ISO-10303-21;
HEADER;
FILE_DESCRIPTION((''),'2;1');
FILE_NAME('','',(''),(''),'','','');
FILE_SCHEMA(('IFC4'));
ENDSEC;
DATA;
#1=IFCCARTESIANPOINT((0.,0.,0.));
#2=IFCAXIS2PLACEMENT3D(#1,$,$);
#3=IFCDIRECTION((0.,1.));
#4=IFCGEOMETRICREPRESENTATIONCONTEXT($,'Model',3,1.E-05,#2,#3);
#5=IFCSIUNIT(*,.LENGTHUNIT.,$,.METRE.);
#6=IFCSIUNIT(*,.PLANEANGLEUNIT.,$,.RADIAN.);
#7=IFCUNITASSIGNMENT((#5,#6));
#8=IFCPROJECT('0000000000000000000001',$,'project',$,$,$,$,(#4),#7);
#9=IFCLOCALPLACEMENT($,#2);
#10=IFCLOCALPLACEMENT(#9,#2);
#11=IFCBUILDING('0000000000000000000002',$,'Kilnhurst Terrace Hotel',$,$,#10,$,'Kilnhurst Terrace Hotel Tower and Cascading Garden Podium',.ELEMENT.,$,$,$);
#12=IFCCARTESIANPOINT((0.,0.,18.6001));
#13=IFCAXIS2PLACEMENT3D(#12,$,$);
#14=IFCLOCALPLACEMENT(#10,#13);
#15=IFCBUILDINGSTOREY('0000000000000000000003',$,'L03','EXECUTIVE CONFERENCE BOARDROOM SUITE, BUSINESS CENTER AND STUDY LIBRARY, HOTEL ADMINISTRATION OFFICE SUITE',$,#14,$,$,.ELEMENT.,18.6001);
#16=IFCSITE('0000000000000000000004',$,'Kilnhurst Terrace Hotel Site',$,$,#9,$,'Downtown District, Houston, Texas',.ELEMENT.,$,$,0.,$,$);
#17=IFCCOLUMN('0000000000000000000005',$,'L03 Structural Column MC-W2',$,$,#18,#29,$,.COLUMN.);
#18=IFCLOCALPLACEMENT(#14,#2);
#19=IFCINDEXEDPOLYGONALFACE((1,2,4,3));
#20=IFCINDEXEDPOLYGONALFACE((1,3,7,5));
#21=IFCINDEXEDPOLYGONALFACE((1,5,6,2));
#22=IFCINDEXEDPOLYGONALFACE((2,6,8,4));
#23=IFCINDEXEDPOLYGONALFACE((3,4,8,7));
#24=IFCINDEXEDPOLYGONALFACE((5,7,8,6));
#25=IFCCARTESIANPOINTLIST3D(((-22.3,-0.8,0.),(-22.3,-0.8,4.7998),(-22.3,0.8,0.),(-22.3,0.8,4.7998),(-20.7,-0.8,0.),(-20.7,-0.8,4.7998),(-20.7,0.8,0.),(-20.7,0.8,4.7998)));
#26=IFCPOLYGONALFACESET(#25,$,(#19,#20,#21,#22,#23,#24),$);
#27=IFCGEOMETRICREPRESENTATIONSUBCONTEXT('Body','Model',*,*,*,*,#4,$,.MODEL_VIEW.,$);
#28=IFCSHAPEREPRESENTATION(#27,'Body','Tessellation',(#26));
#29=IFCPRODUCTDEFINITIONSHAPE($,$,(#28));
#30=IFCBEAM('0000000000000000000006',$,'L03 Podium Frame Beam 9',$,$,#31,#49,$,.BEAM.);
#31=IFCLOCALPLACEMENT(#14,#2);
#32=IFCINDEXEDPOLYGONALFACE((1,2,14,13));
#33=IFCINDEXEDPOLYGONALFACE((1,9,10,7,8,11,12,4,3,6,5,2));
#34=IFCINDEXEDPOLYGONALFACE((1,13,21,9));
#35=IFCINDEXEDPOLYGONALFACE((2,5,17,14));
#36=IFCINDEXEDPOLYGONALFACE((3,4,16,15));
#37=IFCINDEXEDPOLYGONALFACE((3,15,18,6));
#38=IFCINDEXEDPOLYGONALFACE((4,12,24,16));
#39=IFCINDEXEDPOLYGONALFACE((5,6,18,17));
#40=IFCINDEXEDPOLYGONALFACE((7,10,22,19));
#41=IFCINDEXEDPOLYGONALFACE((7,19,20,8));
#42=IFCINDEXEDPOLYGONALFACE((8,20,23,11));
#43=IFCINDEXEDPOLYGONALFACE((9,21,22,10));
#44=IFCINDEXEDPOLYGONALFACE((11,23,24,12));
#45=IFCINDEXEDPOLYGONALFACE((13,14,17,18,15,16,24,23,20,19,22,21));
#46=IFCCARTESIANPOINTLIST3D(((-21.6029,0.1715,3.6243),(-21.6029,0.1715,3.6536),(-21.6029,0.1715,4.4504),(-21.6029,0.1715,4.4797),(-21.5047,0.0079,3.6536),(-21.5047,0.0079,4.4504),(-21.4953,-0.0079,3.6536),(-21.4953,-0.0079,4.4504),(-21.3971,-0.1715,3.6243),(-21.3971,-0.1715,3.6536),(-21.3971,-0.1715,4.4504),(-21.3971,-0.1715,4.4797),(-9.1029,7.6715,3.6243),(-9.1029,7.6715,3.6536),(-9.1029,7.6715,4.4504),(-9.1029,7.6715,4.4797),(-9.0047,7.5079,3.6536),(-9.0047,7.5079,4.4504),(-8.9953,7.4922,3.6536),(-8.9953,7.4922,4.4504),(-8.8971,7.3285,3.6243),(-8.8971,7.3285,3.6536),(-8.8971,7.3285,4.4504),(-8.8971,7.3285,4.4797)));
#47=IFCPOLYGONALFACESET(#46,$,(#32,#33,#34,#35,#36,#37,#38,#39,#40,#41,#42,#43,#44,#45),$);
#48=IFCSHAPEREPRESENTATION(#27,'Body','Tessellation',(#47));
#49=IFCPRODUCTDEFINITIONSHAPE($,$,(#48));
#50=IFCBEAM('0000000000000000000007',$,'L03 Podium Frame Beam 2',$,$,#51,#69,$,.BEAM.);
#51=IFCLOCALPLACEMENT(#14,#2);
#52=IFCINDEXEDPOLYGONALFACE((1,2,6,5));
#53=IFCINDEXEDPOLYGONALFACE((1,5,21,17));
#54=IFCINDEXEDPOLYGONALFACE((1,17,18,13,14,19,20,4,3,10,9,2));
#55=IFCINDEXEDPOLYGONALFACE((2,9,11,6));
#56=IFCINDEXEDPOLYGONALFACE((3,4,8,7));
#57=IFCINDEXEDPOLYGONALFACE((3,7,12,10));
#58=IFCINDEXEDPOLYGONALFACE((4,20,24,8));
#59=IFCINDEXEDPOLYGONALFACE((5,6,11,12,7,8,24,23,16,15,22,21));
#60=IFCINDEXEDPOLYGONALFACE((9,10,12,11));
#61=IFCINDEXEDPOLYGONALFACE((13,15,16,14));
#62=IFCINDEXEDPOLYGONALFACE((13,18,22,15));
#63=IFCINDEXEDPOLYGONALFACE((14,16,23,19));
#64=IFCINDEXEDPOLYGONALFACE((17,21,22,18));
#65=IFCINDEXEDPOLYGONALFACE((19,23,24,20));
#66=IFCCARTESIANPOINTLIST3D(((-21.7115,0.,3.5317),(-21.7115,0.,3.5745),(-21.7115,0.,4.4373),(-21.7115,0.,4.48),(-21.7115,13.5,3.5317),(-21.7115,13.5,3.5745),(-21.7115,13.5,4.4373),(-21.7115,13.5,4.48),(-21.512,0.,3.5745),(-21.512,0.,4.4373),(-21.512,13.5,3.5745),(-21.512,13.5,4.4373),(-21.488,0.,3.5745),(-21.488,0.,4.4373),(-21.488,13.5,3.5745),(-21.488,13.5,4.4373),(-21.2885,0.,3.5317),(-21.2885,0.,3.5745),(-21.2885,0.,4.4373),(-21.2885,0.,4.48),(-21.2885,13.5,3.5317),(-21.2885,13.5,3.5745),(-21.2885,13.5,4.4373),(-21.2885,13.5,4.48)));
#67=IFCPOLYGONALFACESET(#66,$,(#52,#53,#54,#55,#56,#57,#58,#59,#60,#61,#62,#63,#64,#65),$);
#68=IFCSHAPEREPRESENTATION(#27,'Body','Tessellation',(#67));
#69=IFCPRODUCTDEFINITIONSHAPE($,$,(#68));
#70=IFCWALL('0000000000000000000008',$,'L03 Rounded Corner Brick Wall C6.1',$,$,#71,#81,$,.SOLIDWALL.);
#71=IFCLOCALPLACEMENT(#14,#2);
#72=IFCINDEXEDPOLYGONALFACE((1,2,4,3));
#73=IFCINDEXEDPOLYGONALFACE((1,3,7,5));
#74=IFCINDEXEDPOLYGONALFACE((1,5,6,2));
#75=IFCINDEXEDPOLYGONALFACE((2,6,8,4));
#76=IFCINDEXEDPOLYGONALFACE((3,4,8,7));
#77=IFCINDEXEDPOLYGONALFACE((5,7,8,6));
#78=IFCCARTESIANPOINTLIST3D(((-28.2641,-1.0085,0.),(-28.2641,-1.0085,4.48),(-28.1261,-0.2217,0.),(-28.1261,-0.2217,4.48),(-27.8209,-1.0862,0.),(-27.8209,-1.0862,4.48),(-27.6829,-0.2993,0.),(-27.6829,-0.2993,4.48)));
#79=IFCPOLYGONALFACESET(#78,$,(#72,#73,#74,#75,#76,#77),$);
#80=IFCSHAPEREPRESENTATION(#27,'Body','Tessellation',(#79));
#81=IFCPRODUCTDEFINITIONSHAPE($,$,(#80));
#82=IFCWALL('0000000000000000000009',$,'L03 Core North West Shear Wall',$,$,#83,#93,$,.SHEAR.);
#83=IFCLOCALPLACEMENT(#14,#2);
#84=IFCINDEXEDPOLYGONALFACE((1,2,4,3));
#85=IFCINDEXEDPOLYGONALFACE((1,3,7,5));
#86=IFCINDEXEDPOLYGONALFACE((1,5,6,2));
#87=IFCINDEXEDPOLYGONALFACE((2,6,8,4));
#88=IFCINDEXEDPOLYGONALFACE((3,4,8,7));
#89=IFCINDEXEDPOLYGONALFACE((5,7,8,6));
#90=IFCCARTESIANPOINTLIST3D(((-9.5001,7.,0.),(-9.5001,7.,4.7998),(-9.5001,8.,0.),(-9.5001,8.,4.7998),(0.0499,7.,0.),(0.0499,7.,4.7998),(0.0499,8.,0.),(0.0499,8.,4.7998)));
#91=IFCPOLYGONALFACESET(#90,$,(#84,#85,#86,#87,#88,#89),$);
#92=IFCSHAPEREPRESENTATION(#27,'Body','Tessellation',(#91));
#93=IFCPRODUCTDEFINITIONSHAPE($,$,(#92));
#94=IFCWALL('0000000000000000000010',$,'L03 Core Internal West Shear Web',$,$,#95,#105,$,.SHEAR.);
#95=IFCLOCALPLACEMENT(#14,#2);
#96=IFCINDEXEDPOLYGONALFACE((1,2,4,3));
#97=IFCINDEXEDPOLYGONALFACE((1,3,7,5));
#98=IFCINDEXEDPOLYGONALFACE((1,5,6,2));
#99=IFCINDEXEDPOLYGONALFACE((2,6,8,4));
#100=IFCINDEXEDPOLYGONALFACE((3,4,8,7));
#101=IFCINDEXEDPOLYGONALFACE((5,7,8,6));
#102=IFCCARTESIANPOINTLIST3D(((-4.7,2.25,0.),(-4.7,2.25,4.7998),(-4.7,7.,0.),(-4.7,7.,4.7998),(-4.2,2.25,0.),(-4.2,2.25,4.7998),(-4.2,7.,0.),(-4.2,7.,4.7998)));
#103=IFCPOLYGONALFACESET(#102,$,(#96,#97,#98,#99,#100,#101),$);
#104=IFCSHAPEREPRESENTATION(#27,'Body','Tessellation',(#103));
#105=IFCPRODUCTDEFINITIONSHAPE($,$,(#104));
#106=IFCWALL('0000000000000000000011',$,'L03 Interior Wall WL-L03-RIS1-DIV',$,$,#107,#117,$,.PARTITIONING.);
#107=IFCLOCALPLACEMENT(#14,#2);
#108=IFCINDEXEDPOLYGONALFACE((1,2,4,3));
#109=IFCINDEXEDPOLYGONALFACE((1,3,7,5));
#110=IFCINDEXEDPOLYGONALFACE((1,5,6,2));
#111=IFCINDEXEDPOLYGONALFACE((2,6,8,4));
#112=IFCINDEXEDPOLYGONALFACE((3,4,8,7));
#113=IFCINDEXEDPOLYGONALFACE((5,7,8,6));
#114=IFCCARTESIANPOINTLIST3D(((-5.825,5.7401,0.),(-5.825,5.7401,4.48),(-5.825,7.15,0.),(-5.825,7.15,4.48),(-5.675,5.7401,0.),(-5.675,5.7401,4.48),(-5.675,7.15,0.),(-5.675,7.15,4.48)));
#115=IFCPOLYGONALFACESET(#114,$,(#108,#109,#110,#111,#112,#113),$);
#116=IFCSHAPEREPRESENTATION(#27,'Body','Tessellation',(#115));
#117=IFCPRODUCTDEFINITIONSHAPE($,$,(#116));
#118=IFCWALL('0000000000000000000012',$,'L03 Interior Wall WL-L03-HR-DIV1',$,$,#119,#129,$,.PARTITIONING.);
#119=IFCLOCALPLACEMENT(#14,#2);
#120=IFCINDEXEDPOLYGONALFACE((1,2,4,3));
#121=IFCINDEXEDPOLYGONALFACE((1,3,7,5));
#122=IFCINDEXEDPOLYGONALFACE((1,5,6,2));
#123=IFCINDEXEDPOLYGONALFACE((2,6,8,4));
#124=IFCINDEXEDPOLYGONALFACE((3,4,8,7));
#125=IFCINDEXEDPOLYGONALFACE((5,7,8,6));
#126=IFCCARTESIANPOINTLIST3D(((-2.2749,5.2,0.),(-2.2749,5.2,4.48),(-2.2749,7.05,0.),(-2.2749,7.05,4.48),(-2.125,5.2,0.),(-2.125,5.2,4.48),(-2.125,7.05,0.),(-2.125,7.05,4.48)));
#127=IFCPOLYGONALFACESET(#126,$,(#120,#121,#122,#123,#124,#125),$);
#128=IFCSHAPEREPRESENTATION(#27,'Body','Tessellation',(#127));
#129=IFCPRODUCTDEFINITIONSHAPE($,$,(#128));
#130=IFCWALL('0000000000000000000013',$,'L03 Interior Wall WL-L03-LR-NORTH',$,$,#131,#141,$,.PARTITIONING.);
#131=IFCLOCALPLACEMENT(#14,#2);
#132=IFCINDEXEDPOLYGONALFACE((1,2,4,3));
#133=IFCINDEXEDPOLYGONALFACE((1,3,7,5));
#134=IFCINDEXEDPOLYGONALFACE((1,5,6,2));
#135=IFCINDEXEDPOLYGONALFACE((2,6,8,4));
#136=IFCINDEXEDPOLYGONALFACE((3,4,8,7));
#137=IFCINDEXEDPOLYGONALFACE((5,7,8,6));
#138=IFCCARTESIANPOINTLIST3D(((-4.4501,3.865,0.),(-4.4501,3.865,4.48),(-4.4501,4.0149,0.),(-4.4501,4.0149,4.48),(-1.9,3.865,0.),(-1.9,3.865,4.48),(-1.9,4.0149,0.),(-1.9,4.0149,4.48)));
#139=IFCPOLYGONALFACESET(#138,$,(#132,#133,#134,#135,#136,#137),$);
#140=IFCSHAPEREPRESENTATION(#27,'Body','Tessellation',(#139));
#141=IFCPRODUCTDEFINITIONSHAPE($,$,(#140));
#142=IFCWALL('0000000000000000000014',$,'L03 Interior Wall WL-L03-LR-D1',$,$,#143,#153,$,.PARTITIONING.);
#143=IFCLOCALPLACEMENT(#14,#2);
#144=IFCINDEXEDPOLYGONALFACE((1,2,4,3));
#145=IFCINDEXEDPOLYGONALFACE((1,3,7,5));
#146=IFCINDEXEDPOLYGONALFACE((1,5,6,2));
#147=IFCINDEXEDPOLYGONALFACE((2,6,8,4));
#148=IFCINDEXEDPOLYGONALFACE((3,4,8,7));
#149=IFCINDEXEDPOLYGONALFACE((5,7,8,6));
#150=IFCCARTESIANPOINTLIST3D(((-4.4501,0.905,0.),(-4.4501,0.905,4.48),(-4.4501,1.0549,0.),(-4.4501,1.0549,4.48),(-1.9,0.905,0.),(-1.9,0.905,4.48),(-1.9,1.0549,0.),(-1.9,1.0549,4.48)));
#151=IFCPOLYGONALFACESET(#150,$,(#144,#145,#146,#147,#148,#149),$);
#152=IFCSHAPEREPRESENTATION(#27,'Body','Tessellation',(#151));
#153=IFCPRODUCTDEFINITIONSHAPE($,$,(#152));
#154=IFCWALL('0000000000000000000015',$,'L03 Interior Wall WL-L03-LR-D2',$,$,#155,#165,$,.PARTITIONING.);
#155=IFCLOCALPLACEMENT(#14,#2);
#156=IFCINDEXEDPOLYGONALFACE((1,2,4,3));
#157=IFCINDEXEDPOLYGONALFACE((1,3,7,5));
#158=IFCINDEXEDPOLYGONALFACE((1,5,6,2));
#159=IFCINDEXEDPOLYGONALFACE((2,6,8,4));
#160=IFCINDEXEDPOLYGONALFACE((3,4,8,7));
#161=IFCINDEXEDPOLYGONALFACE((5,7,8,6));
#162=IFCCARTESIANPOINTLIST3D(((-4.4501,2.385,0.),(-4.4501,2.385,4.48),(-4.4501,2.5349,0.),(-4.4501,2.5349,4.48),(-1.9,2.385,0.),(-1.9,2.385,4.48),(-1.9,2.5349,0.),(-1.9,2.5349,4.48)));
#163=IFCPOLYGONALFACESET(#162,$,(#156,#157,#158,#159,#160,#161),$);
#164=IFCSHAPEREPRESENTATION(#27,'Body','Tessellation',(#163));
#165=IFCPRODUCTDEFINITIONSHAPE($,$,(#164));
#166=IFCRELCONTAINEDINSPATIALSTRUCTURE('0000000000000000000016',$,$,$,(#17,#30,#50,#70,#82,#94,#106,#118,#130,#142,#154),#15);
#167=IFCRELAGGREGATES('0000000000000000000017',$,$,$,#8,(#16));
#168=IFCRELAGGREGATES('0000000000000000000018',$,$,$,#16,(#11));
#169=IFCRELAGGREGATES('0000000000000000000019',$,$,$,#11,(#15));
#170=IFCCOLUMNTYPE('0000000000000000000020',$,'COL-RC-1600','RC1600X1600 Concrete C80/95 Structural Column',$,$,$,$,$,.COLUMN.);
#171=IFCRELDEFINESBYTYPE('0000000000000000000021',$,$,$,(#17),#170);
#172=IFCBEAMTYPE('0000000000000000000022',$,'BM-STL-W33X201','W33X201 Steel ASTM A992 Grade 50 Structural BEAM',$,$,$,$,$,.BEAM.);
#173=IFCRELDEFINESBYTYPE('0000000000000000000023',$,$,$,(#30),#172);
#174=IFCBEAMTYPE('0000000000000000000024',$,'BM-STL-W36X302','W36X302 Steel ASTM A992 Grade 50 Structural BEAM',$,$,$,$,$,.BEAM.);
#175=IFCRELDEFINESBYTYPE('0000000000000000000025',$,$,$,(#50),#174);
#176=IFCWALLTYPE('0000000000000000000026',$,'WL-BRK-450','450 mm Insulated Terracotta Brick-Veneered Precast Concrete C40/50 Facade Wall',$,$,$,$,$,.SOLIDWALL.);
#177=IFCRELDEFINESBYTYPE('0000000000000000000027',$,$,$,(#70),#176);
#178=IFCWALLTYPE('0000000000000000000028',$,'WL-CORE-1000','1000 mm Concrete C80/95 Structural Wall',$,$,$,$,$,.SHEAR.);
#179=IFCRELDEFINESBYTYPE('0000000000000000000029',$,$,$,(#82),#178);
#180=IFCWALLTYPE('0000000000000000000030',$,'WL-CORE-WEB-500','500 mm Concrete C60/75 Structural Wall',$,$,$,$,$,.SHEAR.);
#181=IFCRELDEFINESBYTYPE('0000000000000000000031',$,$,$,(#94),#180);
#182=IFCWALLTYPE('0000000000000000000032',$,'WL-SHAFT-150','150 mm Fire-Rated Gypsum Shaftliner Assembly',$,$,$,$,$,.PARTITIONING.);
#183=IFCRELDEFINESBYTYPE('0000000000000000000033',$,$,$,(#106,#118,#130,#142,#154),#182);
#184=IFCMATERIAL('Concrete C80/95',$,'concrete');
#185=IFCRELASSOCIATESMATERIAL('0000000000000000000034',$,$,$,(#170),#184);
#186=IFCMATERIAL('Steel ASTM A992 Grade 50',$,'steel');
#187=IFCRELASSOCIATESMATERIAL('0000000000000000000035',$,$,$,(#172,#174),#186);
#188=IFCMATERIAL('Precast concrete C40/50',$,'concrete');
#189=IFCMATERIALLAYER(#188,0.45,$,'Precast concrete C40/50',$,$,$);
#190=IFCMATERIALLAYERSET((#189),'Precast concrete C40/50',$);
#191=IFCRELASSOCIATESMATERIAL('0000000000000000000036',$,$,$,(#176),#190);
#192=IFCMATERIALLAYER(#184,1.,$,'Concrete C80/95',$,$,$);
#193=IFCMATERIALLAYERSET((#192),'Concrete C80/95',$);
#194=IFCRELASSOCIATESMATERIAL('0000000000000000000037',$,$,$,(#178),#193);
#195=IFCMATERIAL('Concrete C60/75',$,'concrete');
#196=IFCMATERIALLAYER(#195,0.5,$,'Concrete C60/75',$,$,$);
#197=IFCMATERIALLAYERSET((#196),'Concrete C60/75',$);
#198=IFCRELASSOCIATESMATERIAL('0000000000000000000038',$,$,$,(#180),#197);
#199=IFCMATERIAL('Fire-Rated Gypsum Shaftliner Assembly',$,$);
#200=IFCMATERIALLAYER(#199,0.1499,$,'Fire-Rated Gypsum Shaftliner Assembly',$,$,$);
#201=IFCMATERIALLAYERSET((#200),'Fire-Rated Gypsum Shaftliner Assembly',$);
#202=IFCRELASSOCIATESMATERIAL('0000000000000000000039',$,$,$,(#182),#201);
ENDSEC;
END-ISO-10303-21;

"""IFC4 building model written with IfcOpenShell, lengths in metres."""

from ifc_helpers import new_model, si_unit, direction, frame, frame_2d, origin, origin_2d, place, context, subcontext, project, spatial, rectangle, i_section, extrude, material, layer, layer_set, material_profile, profile_set, type_object, element, save


model = new_model("IFC4")

# Units and contexts
model_context = context("Model", 3, precision=1e-05, world=origin(), true_north=direction((0.0, 1.0)))
body_context = subcontext(model_context, "Body", "Model", "MODEL_VIEW")
ifc_project = project(units=[si_unit("LENGTHUNIT", "METRE"), si_unit("PLANEANGLEUNIT", "RADIAN")], contexts=[model_context])

# Site, building, storey
site_placement = place(None, origin())
site = spatial("IfcSite", under=ifc_project, at=site_placement, Name="Kilnhurst Terrace Hotel Site", LongName="Downtown District, Houston, Texas", CompositionType="ELEMENT", RefElevation=0.0)
building_placement = place(site_placement, origin())
building = spatial("IfcBuilding", under=site, at=building_placement, Name="Kilnhurst Terrace Hotel", LongName="Kilnhurst Terrace Hotel Tower and Cascading Garden Podium", CompositionType="ELEMENT")
storey_placement = place(building_placement, frame((0.0, 0.0, 18.6001)))
storey = spatial("IfcBuildingStorey", under=building, at=storey_placement, Name="L03", Description="EXECUTIVE CONFERENCE BOARDROOM SUITE, BUSINESS CENTER AND STUDY LIBRARY, HOTEL ADMINISTRATION OFFICE SUITE", CompositionType="ELEMENT", Elevation=18.6001)

# Column
ifc_material_1 = material(Name="Concrete C80/95", Category="concrete")
ifc_material_profile_1 = material_profile(ifc_material_1, rectangle(XDim=1.6001, YDim=1.6001, at=origin_2d()), Name="RC1600X1600")
ifc_profile_set_1 = profile_set([ifc_material_profile_1], Name="Concrete C80/95")
column_type = type_object("IfcColumnType", Name="COL-RC-1600", Description="RC1600X1600 Concrete C80/95 Structural Column", PredefinedType="COLUMN", material=ifc_profile_set_1)
column_placement = place(storey_placement, frame((-21.5, 0.0, 0.0), z_axis=(0.0, 0.0, 1.0), x_axis=(1.0, 0.0, 0.0)))
element("IfcColumn", 1, at=column_placement, inside=storey, type_object=column_type, Name="L03 Structural Column MC-W2", PredefinedType="COLUMN", context=body_context, shape_type="SweptSolid", body=[
    extrude(rectangle(XDim=1.6001, YDim=1.6001, at=origin_2d()), origin(), (0.0, 0.0, 1.0), 4.7998),
])

# Beams
ifc_material_2 = material(Name="Steel ASTM A992 Grade 50", Category="steel")
ifc_material_profile_2 = material_profile(ifc_material_2, i_section(OverallWidth=0.3999, OverallDepth=0.8555, WebThickness=0.0183, FlangeThickness=0.0293, at=origin_2d()), Name="W33X201")
ifc_profile_set_2 = profile_set([ifc_material_profile_2], Name="Steel ASTM A992 Grade 50")
beam_type_1 = type_object("IfcBeamType", Name="BM-STL-W33X201", Description="W33X201 Steel ASTM A992 Grade 50 Structural BEAM", PredefinedType="BEAM", material=ifc_profile_set_2)
beam_1_placement = place(storey_placement, frame((-21.5, 0.0, 4.052), z_axis=(0.857493, 0.514496, 0.0), x_axis=(-0.514496, 0.857493, 0.0)))
element("IfcBeam", 2, at=beam_1_placement, inside=storey, type_object=beam_type_1, Name="L03 Podium Frame Beam 9", PredefinedType="BEAM", context=body_context, shape_type="SweptSolid", body=[
    extrude(i_section(OverallWidth=0.3999, OverallDepth=0.8555, WebThickness=0.0183, FlangeThickness=0.0293, at=origin_2d()), origin(), (0.0, 0.0, 1.0), 14.5774),
])
ifc_material_profile_3 = material_profile(ifc_material_2, i_section(OverallWidth=0.4231, OverallDepth=0.9482, WebThickness=0.0239, FlangeThickness=0.0427, at=origin_2d()), Name="W36X302")
ifc_profile_set_3 = profile_set([ifc_material_profile_3], Name="Steel ASTM A992 Grade 50")
beam_type_2 = type_object("IfcBeamType", Name="BM-STL-W36X302", Description="W36X302 Steel ASTM A992 Grade 50 Structural BEAM", PredefinedType="BEAM", material=ifc_profile_set_3)
beam_2_placement = place(storey_placement, frame((-21.5, 0.0, 4.0059), z_axis=(0.0, 1.0, 0.0), x_axis=(-1.0, 0.0, 0.0)))
element("IfcBeam", 3, at=beam_2_placement, inside=storey, type_object=beam_type_2, Name="L03 Podium Frame Beam 2", PredefinedType="BEAM", context=body_context, shape_type="SweptSolid", body=[
    extrude(i_section(OverallWidth=0.4231, OverallDepth=0.9482, WebThickness=0.0239, FlangeThickness=0.0427, at=origin_2d()), origin(), (0.0, 0.0, 1.0), 13.5),
])

# Walls
ifc_material_3 = material(Name="Precast concrete C40/50", Category="concrete")
ifc_layer_1 = layer(ifc_material_3, 0.45, Name="Precast concrete C40/50")
ifc_layer_set_1 = layer_set([ifc_layer_1], Name="Precast concrete C40/50")
wall_type_1 = type_object("IfcWallType", Name="WL-BRK-450", Description="450 mm Insulated Terracotta Brick-Veneered Precast Concrete C40/50 Facade Wall", PredefinedType="SOLIDWALL", material=ifc_layer_set_1)
wall_1_placement = place(storey_placement, frame((-27.9045, -0.2605, 0.0), z_axis=(0.0, 0.0, 1.0), x_axis=(-0.172669, -0.98498, 0.0)))
element("IfcWall", 4, at=wall_1_placement, inside=storey, type_object=wall_type_1, Name="L03 Rounded Corner Brick Wall C6.1", PredefinedType="SOLIDWALL", context=body_context, shape_type="SweptSolid", body=[
    extrude(rectangle(XDim=0.7988, YDim=0.45, at=frame_2d((0.3994, 0.0))), origin(), (0.0, 0.0, 1.0), 4.48),
])
ifc_layer_2 = layer(ifc_material_1, 1.0, Name="Concrete C80/95")
ifc_layer_set_2 = layer_set([ifc_layer_2], Name="Concrete C80/95")
wall_type_2 = type_object("IfcWallType", Name="WL-CORE-1000", Description="1000 mm Concrete C80/95 Structural Wall", PredefinedType="SHEAR", material=ifc_layer_set_2)
wall_2_placement = place(storey_placement, frame((-9.5, 7.5, 0.0), z_axis=(0.0, 0.0, 1.0), x_axis=(1.0, 0.0, 0.0)))
element("IfcWall", 5, at=wall_2_placement, inside=storey, type_object=wall_type_2, Name="L03 Core North West Shear Wall", PredefinedType="SHEAR", context=body_context, shape_type="SweptSolid", body=[
    extrude(rectangle(XDim=9.55, YDim=1.0, at=frame_2d((4.7749, 0.0))), origin(), (0.0, 0.0, 1.0), 4.7998),
])
ifc_material_4 = material(Name="Concrete C60/75", Category="concrete")
ifc_layer_3 = layer(ifc_material_4, 0.5, Name="Concrete C60/75")
ifc_layer_set_3 = layer_set([ifc_layer_3], Name="Concrete C60/75")
wall_type_3 = type_object("IfcWallType", Name="WL-CORE-WEB-500", Description="500 mm Concrete C60/75 Structural Wall", PredefinedType="SHEAR", material=ifc_layer_set_3)
wall_3_placement = place(storey_placement, frame((-4.45, 2.25, 0.0), z_axis=(0.0, 0.0, 1.0), x_axis=(0.0, 1.0, 0.0)))
element("IfcWall", 6, at=wall_3_placement, inside=storey, type_object=wall_type_3, Name="L03 Core Internal West Shear Web", PredefinedType="SHEAR", context=body_context, shape_type="SweptSolid", body=[
    extrude(rectangle(XDim=4.75, YDim=0.5, at=frame_2d((2.375, 0.0))), origin(), (0.0, 0.0, 1.0), 4.7998),
])
ifc_material_5 = material(Name="Fire-Rated Gypsum Shaftliner Assembly")
ifc_layer_4 = layer(ifc_material_5, 0.1499, Name="Fire-Rated Gypsum Shaftliner Assembly")
ifc_layer_set_4 = layer_set([ifc_layer_4], Name="Fire-Rated Gypsum Shaftliner Assembly")
wall_type_4 = type_object("IfcWallType", Name="WL-SHAFT-150", Description="150 mm Fire-Rated Gypsum Shaftliner Assembly", PredefinedType="PARTITIONING", material=ifc_layer_set_4)
wall_4_placement = place(storey_placement, frame((-5.75, 5.74, 0.0), z_axis=(0.0, 0.0, 1.0), x_axis=(0.0, 1.0, 0.0)))
element("IfcWall", 7, at=wall_4_placement, inside=storey, type_object=wall_type_4, Name="L03 Interior Wall WL-L03-RIS1-DIV", PredefinedType="PARTITIONING", context=body_context, shape_type="SweptSolid", body=[
    extrude(rectangle(XDim=1.4099, YDim=0.1499, at=frame_2d((0.7051, 0.0))), origin(), (0.0, 0.0, 1.0), 4.48),
])
wall_5_placement = place(storey_placement, frame((-2.2, 5.2, 0.0), z_axis=(0.0, 0.0, 1.0), x_axis=(0.0, 1.0, 0.0)))
element("IfcWall", 8, at=wall_5_placement, inside=storey, type_object=wall_type_4, Name="L03 Interior Wall WL-L03-HR-DIV1", PredefinedType="PARTITIONING", context=body_context, shape_type="SweptSolid", body=[
    extrude(rectangle(XDim=1.8501, YDim=0.1499, at=frame_2d((0.925, 0.0))), origin(), (0.0, 0.0, 1.0), 4.48),
])
for number, where, z_axis, x_axis, name in (
    (9, (-4.45, 3.9399, 0.0), (0.0, 0.0, 1.0), (1.0, 0.0, 0.0), "L03 Interior Wall WL-L03-LR-NORTH"),
    (10, (-4.45, 0.98, 0.0), (0.0, 0.0, 1.0), (1.0, 0.0, 0.0), "L03 Interior Wall WL-L03-LR-D1"),
    (11, (-4.45, 2.46, 0.0), (0.0, 0.0, 1.0), (1.0, 0.0, 0.0), "L03 Interior Wall WL-L03-LR-D2"),
):
    element("IfcWall", number, at=place(storey_placement, frame(where, z_axis=z_axis, x_axis=x_axis)), inside=storey, type_object=wall_type_4, Name=name, PredefinedType="PARTITIONING", context=body_context, shape_type="SweptSolid", body=[
        extrude(rectangle(XDim=2.55, YDim=0.1499, at=frame_2d((1.2749, 0.0))), origin(), (0.0, 0.0, 1.0), 4.48),
    ])

save(model, "model.ifc")
